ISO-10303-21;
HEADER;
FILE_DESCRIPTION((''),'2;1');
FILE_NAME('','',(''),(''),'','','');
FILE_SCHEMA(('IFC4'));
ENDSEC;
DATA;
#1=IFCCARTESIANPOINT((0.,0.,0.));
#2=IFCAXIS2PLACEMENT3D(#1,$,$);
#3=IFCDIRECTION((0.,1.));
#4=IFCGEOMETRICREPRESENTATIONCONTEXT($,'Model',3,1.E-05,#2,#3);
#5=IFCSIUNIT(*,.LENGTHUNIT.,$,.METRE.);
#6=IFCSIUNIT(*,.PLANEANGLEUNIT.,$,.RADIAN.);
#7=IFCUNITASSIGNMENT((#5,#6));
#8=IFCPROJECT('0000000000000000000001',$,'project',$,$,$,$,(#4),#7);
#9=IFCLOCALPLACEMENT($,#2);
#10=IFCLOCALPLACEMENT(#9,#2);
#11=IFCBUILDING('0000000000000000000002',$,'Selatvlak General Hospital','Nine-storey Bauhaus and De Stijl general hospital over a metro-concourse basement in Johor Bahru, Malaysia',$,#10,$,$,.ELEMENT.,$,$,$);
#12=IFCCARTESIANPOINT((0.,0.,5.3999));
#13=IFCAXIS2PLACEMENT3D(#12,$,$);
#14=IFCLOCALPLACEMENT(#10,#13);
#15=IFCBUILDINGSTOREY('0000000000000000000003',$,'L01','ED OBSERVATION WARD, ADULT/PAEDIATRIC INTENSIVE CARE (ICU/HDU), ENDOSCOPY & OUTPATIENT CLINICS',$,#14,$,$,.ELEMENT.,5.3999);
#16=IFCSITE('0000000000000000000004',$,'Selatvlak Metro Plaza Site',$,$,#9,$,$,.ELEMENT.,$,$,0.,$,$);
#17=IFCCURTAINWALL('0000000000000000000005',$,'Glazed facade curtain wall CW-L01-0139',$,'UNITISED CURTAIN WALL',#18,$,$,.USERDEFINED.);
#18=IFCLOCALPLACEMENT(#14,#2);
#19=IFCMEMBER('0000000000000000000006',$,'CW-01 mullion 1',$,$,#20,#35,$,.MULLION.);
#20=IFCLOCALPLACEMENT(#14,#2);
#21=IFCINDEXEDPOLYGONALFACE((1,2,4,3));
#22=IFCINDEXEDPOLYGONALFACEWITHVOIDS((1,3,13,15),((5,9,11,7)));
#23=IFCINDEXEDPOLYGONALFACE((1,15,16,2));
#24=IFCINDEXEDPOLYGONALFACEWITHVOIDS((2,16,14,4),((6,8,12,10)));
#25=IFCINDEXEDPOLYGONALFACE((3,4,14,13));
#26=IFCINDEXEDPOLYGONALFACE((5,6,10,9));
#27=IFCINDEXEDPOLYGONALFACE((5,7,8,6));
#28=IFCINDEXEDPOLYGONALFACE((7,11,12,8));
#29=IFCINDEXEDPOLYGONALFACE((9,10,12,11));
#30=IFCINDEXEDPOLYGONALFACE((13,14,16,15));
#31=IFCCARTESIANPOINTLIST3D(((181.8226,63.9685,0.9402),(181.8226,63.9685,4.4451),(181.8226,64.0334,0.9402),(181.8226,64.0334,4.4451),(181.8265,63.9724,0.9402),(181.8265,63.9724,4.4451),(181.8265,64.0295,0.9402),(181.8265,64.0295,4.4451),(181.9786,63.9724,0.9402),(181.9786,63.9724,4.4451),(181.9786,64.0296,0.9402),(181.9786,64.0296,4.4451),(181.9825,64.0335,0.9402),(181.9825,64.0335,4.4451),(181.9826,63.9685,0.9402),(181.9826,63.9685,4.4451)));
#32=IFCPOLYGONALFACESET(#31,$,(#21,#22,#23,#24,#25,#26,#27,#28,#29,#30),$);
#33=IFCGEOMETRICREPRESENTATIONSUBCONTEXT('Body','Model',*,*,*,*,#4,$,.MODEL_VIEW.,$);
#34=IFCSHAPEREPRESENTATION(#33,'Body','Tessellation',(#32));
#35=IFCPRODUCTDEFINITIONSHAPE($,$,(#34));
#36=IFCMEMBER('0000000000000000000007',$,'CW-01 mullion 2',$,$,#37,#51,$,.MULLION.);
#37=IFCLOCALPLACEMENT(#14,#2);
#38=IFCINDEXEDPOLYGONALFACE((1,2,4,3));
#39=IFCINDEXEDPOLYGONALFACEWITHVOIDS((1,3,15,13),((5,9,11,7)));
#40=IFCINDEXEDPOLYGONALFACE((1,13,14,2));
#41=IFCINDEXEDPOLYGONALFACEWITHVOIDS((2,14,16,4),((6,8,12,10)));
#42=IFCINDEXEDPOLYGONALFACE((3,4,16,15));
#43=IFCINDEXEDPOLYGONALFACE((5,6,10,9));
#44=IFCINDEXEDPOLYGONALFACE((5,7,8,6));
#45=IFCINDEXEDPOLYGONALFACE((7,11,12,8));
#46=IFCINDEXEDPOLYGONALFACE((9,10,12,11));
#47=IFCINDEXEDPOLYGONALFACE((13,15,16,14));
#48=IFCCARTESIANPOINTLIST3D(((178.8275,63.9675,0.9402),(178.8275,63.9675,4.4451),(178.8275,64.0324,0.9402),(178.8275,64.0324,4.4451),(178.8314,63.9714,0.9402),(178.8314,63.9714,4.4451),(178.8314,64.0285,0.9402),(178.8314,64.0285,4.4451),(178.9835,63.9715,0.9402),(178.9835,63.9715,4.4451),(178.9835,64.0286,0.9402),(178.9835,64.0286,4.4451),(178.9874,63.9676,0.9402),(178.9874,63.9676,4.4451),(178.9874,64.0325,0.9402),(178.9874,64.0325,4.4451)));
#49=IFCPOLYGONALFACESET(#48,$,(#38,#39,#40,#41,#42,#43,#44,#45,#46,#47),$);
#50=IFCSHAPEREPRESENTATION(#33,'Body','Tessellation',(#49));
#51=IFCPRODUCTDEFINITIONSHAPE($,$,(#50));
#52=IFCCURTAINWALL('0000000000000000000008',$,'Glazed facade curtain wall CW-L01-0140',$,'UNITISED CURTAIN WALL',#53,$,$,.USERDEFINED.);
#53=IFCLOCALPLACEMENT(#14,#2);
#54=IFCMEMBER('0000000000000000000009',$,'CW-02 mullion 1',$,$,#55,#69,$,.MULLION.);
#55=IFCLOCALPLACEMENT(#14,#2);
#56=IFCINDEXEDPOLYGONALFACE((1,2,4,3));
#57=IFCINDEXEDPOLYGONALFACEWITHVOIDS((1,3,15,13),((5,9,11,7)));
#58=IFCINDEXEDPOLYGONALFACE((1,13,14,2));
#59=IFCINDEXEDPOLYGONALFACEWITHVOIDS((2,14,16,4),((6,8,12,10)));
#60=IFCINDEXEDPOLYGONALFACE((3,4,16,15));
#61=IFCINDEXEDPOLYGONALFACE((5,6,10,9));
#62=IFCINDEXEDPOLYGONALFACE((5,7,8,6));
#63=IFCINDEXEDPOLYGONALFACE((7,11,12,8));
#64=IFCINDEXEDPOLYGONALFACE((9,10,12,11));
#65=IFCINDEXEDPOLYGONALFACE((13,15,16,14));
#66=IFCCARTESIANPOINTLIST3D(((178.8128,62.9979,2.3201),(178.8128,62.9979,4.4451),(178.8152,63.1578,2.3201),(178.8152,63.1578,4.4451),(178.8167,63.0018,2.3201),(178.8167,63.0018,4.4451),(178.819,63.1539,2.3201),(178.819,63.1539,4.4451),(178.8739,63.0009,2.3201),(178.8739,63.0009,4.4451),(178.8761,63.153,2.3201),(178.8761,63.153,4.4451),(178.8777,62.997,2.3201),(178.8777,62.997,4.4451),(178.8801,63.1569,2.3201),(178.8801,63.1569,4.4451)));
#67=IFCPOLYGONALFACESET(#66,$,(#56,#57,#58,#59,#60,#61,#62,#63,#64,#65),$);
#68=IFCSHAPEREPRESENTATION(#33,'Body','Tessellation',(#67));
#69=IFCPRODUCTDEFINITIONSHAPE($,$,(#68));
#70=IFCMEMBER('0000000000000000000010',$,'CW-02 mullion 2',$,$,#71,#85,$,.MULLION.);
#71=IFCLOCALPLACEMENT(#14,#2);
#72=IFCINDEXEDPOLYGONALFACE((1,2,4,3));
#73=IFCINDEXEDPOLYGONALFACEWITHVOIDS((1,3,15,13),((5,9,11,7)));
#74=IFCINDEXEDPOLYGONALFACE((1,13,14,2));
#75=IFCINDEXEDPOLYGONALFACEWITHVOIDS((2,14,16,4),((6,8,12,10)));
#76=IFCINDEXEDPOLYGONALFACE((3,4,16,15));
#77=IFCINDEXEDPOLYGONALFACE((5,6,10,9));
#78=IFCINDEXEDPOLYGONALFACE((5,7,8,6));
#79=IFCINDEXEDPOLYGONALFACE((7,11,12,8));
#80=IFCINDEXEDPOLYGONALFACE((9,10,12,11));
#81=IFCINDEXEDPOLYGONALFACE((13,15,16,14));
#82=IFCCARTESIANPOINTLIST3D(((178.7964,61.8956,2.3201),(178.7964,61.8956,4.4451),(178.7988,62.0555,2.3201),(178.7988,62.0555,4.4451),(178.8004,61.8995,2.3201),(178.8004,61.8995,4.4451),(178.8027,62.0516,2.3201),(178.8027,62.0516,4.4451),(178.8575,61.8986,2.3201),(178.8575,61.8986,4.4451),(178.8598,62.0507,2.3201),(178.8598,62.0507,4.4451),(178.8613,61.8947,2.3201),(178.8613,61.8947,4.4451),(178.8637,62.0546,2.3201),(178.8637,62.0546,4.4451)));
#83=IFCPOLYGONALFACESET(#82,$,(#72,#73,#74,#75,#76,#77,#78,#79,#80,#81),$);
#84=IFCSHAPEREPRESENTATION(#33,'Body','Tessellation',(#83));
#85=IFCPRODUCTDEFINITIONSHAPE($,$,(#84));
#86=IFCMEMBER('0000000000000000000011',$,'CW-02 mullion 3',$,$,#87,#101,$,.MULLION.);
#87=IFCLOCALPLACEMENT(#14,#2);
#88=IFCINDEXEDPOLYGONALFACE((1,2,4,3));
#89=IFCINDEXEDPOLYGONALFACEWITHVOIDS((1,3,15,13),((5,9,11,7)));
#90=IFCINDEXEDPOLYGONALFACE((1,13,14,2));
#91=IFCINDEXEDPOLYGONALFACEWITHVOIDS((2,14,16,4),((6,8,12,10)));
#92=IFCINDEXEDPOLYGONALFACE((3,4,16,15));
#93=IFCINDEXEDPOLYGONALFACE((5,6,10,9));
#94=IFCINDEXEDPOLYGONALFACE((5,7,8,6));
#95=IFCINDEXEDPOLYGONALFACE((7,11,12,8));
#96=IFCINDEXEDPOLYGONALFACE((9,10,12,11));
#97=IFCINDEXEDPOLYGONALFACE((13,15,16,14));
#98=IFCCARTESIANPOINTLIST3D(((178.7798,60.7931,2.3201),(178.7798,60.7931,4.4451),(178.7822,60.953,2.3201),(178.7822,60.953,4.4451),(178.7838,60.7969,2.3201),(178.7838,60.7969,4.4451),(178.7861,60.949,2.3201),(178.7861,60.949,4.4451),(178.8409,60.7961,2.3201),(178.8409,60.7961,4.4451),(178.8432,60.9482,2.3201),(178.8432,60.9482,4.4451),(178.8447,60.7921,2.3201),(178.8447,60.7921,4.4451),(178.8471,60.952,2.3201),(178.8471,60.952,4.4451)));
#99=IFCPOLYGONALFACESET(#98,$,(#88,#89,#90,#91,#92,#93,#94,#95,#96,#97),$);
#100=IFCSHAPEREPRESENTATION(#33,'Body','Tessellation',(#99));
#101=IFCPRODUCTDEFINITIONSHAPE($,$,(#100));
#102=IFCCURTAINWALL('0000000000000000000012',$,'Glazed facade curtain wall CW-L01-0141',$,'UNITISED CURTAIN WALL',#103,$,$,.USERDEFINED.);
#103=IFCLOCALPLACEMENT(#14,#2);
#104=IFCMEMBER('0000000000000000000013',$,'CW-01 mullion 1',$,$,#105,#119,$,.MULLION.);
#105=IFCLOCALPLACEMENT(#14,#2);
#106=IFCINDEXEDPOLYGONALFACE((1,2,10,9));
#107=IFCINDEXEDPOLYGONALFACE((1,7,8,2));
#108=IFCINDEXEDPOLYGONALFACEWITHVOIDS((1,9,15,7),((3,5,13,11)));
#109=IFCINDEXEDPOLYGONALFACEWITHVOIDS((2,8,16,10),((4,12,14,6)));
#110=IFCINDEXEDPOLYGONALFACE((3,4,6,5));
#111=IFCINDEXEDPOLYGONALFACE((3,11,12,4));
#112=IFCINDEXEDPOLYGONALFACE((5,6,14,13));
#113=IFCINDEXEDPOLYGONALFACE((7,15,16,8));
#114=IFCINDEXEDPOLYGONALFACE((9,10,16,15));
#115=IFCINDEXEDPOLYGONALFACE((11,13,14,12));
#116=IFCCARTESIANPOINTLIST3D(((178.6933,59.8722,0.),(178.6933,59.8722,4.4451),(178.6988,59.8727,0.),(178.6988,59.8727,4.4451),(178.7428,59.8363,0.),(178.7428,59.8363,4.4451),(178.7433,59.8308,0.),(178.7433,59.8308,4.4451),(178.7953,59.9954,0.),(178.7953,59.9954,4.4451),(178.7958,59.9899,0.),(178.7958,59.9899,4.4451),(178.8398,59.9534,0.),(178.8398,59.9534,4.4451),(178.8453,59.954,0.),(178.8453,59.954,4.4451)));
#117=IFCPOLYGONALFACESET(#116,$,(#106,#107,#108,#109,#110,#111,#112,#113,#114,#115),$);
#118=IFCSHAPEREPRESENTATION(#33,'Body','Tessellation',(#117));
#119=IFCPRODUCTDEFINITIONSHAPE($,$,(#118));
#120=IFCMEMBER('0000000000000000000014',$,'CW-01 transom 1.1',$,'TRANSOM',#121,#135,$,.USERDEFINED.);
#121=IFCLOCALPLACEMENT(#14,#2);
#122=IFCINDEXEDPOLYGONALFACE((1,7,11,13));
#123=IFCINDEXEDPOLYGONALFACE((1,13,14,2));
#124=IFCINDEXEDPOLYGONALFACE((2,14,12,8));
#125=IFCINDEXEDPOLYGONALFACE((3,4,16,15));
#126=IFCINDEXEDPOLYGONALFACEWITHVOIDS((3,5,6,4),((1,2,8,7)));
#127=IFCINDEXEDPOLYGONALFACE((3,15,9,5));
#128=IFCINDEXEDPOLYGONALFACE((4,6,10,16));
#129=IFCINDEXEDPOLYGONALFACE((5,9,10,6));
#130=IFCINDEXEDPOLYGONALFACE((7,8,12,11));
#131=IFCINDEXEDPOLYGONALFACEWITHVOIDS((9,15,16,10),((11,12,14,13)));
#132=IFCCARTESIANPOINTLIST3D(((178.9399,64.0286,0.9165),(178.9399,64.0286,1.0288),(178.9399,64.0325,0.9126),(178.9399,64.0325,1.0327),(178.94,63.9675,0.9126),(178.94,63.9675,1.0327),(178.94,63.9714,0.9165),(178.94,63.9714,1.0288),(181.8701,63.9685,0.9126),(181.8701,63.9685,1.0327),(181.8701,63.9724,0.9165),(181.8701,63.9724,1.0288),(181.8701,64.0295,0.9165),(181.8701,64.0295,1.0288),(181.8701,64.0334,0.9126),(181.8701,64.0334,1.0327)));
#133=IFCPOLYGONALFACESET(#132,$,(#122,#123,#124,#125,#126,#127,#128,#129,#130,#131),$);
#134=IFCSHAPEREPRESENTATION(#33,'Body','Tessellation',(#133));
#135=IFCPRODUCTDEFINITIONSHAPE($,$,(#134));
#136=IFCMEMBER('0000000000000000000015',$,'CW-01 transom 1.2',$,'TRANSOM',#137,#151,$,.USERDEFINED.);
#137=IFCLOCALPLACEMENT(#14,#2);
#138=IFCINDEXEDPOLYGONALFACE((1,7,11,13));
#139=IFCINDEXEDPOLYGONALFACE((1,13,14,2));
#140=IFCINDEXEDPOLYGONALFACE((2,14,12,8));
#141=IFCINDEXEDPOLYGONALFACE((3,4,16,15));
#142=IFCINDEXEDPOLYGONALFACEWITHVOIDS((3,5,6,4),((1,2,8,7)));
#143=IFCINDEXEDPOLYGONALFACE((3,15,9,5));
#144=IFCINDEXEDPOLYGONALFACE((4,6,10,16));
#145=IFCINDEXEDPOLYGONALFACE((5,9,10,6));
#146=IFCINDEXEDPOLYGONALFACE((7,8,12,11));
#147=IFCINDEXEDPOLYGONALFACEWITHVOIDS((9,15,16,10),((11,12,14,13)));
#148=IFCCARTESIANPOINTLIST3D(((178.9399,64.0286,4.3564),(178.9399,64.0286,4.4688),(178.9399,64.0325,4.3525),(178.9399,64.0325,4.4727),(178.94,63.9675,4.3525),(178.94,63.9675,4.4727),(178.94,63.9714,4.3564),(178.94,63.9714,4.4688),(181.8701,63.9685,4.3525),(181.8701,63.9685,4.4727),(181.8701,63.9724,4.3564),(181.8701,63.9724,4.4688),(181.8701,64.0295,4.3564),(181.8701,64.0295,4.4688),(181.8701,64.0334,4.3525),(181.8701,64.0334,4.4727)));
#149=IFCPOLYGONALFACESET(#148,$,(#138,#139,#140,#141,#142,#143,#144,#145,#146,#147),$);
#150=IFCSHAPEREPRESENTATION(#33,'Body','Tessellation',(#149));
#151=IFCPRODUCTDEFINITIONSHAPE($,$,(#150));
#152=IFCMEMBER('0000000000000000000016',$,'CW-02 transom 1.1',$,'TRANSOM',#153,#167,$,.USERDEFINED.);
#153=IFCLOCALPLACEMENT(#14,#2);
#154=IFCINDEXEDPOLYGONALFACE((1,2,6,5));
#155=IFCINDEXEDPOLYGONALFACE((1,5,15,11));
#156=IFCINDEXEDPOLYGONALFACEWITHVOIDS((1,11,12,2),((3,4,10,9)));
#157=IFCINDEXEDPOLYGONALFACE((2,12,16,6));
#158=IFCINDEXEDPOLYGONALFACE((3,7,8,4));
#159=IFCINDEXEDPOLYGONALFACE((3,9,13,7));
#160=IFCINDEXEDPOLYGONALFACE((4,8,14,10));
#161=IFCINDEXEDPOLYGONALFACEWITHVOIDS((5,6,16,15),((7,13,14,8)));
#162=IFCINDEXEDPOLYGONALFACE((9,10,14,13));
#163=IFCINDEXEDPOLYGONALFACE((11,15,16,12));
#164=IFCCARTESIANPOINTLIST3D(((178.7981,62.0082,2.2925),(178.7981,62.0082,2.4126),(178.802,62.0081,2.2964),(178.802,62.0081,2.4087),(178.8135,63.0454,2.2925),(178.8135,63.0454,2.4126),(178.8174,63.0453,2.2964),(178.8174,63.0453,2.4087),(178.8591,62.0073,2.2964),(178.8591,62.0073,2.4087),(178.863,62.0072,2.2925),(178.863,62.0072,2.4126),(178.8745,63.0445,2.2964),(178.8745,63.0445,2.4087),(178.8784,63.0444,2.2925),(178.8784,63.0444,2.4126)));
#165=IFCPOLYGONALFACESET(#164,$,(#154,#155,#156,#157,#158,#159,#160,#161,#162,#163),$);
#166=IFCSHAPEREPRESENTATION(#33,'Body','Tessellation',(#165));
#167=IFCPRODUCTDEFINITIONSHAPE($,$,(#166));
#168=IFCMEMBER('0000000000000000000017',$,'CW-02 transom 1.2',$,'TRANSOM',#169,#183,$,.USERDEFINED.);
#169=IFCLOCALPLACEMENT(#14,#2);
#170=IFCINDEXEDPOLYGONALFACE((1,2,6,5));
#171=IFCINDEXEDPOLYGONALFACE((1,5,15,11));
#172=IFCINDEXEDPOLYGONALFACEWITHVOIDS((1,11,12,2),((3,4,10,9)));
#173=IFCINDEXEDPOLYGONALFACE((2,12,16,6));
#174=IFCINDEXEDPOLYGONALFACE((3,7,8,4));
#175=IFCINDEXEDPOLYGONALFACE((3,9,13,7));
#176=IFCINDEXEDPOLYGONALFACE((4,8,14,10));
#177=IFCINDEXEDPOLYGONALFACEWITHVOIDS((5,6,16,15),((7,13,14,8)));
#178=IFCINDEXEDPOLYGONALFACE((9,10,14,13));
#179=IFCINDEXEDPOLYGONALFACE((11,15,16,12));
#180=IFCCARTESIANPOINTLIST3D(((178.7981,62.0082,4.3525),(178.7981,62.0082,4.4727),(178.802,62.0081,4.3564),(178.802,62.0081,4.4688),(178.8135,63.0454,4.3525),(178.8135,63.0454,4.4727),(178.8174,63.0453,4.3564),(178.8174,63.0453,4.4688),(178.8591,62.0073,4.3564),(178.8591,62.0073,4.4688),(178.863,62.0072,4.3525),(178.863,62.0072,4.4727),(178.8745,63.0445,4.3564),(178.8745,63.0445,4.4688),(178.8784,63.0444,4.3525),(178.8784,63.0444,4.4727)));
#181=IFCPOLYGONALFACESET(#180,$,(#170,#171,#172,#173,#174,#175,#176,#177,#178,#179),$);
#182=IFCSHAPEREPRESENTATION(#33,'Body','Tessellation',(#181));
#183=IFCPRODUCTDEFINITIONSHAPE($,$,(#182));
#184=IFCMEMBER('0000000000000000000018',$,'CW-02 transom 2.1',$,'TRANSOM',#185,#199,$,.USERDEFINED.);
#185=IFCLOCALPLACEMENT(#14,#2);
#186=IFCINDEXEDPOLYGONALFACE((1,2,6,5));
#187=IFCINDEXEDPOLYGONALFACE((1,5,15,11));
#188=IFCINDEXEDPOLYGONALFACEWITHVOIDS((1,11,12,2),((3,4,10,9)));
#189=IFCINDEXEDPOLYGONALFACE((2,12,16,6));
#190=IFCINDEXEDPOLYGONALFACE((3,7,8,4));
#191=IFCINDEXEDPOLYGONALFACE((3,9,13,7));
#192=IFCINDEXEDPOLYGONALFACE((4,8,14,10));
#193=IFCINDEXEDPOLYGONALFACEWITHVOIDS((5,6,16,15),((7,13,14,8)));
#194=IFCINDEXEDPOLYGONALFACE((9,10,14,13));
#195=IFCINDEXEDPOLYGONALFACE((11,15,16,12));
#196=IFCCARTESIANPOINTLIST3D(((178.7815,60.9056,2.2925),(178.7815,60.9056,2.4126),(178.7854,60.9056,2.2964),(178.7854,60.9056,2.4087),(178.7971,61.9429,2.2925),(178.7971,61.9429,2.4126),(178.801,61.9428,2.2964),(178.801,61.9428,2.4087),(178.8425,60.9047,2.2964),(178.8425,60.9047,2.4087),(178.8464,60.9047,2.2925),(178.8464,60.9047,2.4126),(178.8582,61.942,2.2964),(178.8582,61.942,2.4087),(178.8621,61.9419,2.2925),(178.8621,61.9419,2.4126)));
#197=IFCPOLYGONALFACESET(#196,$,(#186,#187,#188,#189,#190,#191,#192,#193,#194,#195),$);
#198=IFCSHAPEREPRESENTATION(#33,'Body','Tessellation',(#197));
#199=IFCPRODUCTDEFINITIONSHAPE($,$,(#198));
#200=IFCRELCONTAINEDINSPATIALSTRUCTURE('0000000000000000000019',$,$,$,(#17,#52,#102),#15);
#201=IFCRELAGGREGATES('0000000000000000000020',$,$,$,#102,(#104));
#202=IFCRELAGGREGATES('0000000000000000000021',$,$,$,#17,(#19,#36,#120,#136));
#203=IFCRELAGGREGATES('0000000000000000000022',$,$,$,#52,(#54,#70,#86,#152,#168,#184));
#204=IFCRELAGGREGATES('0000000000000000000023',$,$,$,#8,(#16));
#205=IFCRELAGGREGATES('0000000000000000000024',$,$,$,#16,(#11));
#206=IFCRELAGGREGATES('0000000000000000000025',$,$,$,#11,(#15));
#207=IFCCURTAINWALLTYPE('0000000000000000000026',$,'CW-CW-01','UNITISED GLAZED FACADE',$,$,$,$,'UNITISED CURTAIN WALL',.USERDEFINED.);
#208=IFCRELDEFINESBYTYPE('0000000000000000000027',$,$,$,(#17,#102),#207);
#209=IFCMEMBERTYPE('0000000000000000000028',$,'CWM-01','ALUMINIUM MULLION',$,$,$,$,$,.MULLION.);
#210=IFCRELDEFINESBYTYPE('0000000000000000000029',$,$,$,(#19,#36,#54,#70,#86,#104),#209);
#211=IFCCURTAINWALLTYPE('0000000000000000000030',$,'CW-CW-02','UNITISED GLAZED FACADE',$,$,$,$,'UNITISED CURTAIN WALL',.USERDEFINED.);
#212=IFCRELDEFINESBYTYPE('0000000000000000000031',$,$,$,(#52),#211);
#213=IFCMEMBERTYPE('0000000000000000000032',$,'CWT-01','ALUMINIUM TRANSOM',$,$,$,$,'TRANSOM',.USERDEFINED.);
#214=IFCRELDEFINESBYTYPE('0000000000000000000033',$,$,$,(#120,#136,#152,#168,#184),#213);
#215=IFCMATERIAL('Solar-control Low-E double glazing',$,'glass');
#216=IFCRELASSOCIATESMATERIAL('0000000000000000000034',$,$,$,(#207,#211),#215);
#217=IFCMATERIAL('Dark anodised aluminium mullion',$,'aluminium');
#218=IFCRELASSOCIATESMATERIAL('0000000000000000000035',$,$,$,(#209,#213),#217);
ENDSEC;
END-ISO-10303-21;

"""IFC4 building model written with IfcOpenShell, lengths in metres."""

from ifc_helpers import new_model, si_unit, direction, frame, origin, origin_2d, place, context, subcontext, project, spatial, hollow_rectangle, extrude, material, material_profile, profile_set, type_object, element, aggregate, save


model = new_model("IFC4")

# Units and contexts
model_context = context("Model", 3, precision=1e-05, world=origin(), true_north=direction((0.0, 1.0)))
body_context = subcontext(model_context, "Body", "Model", "MODEL_VIEW")
ifc_project = project(units=[si_unit("LENGTHUNIT", "METRE"), si_unit("PLANEANGLEUNIT", "RADIAN")], contexts=[model_context])

# Site, building, storey
site_placement = place(None, origin())
site = spatial("IfcSite", under=ifc_project, at=site_placement, Name="Selatvlak Metro Plaza Site", CompositionType="ELEMENT", RefElevation=0.0)
building_placement = place(site_placement, origin())
building = spatial("IfcBuilding", under=site, at=building_placement, Name="Selatvlak General Hospital", Description="Nine-storey Bauhaus and De Stijl general hospital over a metro-concourse basement in Johor Bahru, Malaysia", CompositionType="ELEMENT")
storey_placement = place(building_placement, frame((0.0, 0.0, 5.3999)))
storey = spatial("IfcBuildingStorey", under=building, at=storey_placement, Name="L01", Description="ED OBSERVATION WARD, ADULT/PAEDIATRIC INTENSIVE CARE (ICU/HDU), ENDOSCOPY & OUTPATIENT CLINICS", CompositionType="ELEMENT", Elevation=5.3999)

# Curtain walls, members
ifc_material_1 = material(Name="Solar-control Low-E double glazing", Category="glass")
curtain_wall_type_1 = type_object("IfcCurtainWallType", Name="CW-CW-01", Description="UNITISED GLAZED FACADE", ElementType="UNITISED CURTAIN WALL", PredefinedType="USERDEFINED", material=ifc_material_1)
curtain_wall_1_placement = place(storey_placement, origin())
curtain_wall_1 = element("IfcCurtainWall", 1, at=curtain_wall_1_placement, inside=storey, type_object=curtain_wall_type_1, Name="Glazed facade curtain wall CW-L01-0139", ObjectType="UNITISED CURTAIN WALL", PredefinedType="USERDEFINED")
ifc_material_2 = material(Name="Dark anodised aluminium mullion", Category="aluminium")
ifc_material_profile_1 = material_profile(ifc_material_2, hollow_rectangle(XDim=0.0649, YDim=0.1599, WallThickness=0.0039, at=origin_2d()), Name="AL-MUL 65x160x4")
ifc_profile_set_1 = profile_set([ifc_material_profile_1], Name="Dark anodised aluminium mullion")
member_type_1 = type_object("IfcMemberType", Name="CWM-01", Description="ALUMINIUM MULLION", PredefinedType="MULLION", material=ifc_profile_set_1)
member_1_placement = place(storey_placement, frame((181.9026, 64.001, 0.9402), z_axis=(0.0, 0.0, 1.0), x_axis=(0.000327, -1.0, 0.0)))
member_1 = element("IfcMember", 2, at=member_1_placement, type_object=member_type_1, Name="CW-01 mullion 1", PredefinedType="MULLION", context=body_context, shape_type="SweptSolid", body=[
    extrude(hollow_rectangle(XDim=0.0649, YDim=0.1599, WallThickness=0.0039, at=origin_2d()), origin(), (0.0, 0.0, 1.0), 3.5049),
])
member_2_placement = place(storey_placement, frame((178.9075, 64.0, 0.9402), z_axis=(0.0, 0.0, 1.0), x_axis=(0.000327, -1.0, 0.0)))
member_2 = element("IfcMember", 3, at=member_2_placement, type_object=member_type_1, Name="CW-01 mullion 2", PredefinedType="MULLION", context=body_context, shape_type="SweptSolid", body=[
    extrude(hollow_rectangle(XDim=0.0649, YDim=0.1599, WallThickness=0.0039, at=origin_2d()), origin(), (0.0, 0.0, 1.0), 3.5049),
])
curtain_wall_type_2 = type_object("IfcCurtainWallType", Name="CW-CW-02", Description="UNITISED GLAZED FACADE", ElementType="UNITISED CURTAIN WALL", PredefinedType="USERDEFINED", material=ifc_material_1)
curtain_wall_2_placement = place(storey_placement, origin())
curtain_wall_2 = element("IfcCurtainWall", 4, at=curtain_wall_2_placement, inside=storey, type_object=curtain_wall_type_2, Name="Glazed facade curtain wall CW-L01-0140", ObjectType="UNITISED CURTAIN WALL", PredefinedType="USERDEFINED")
member_3_placement = place(storey_placement, frame((178.8464, 63.0774, 2.3201), z_axis=(0.0, 0.0, 1.0), x_axis=(0.999888, -0.014976, 0.0)))
member_3 = element("IfcMember", 5, at=member_3_placement, type_object=member_type_1, Name="CW-02 mullion 1", PredefinedType="MULLION", context=body_context, shape_type="SweptSolid", body=[
    extrude(hollow_rectangle(XDim=0.0649, YDim=0.1599, WallThickness=0.0039, at=origin_2d()), origin(), (0.0, 0.0, 1.0), 2.125),
])
member_4_placement = place(storey_placement, frame((178.8301, 61.9751, 2.3201), z_axis=(0.0, 0.0, 1.0), x_axis=(0.999888, -0.014976, 0.0)))
member_4 = element("IfcMember", 6, at=member_4_placement, type_object=member_type_1, Name="CW-02 mullion 2", PredefinedType="MULLION", context=body_context, shape_type="SweptSolid", body=[
    extrude(hollow_rectangle(XDim=0.0649, YDim=0.1599, WallThickness=0.0039, at=origin_2d()), origin(), (0.0, 0.0, 1.0), 2.125),
])
member_5_placement = place(storey_placement, frame((178.8135, 60.8726, 2.3201), z_axis=(0.0, 0.0, 1.0), x_axis=(0.999888, -0.014976, 0.0)))
member_5 = element("IfcMember", 7, at=member_5_placement, type_object=member_type_1, Name="CW-02 mullion 3", PredefinedType="MULLION", context=body_context, shape_type="SweptSolid", body=[
    extrude(hollow_rectangle(XDim=0.0649, YDim=0.1599, WallThickness=0.0039, at=origin_2d()), origin(), (0.0, 0.0, 1.0), 2.125),
])

# Curtain wall, member
curtain_wall_3_placement = place(storey_placement, origin())
curtain_wall_3 = element("IfcCurtainWall", 8, at=curtain_wall_3_placement, inside=storey, type_object=curtain_wall_type_1, Name="Glazed facade curtain wall CW-L01-0141", ObjectType="UNITISED CURTAIN WALL", PredefinedType="USERDEFINED")
member_6_placement = place(storey_placement, frame((178.7693, 59.9131, 0.0), z_axis=(0.0, 0.0, 1.0), x_axis=(0.770276, -0.63771, 0.0)))
member_6 = element("IfcMember", 9, at=member_6_placement, type_object=member_type_1, Name="CW-01 mullion 1", PredefinedType="MULLION", context=body_context, shape_type="SweptSolid", body=[
    extrude(hollow_rectangle(XDim=0.0649, YDim=0.1599, WallThickness=0.0039, at=origin_2d()), origin(), (0.0, 0.0, 1.0), 4.4451),
])

# Members
ifc_material_profile_2 = material_profile(ifc_material_2, hollow_rectangle(XDim=0.0649, YDim=0.1201, WallThickness=0.0039, at=origin_2d()), Name="AL-TRN 65x120x4")
ifc_profile_set_2 = profile_set([ifc_material_profile_2], Name="Dark anodised aluminium mullion")
member_type_2 = type_object("IfcMemberType", Name="CWT-01", Description="ALUMINIUM TRANSOM", ElementType="TRANSOM", PredefinedType="USERDEFINED", material=ifc_profile_set_2)
member_7_placement = place(storey_placement, frame((181.8701, 64.001, 0.9727), z_axis=(-1.0, -0.000333, 0.0), x_axis=(0.000333, -1.0, 0.0)))
member_7 = element("IfcMember", 10, at=member_7_placement, type_object=member_type_2, Name="CW-01 transom 1.1", ObjectType="TRANSOM", PredefinedType="USERDEFINED", context=body_context, shape_type="SweptSolid", body=[
    extrude(hollow_rectangle(XDim=0.0649, YDim=0.1201, WallThickness=0.0039, at=origin_2d()), origin(), (0.0, 0.0, 1.0), 2.9302),
])
member_8_placement = place(storey_placement, frame((181.8701, 64.001, 4.4126), z_axis=(-1.0, -0.000333, 0.0), x_axis=(0.000333, -1.0, 0.0)))
member_8 = element("IfcMember", 11, at=member_8_placement, type_object=member_type_2, Name="CW-01 transom 1.2", ObjectType="TRANSOM", PredefinedType="USERDEFINED", context=body_context, shape_type="SweptSolid", body=[
    extrude(hollow_rectangle(XDim=0.0649, YDim=0.1201, WallThickness=0.0039, at=origin_2d()), origin(), (0.0, 0.0, 1.0), 2.9302),
])
member_9_placement = place(storey_placement, frame((178.8459, 63.0449, 2.3525), z_axis=(-0.014825, -0.99989, 0.0), x_axis=(0.99989, -0.014825, 0.0)))
member_9 = element("IfcMember", 12, at=member_9_placement, type_object=member_type_2, Name="CW-02 transom 1.1", ObjectType="TRANSOM", PredefinedType="USERDEFINED", context=body_context, shape_type="SweptSolid", body=[
    extrude(hollow_rectangle(XDim=0.0649, YDim=0.1201, WallThickness=0.0039, at=origin_2d()), origin(), (0.0, 0.0, 1.0), 1.0374),
])
member_10_placement = place(storey_placement, frame((178.8459, 63.0449, 4.4126), z_axis=(-0.014825, -0.99989, 0.0), x_axis=(0.99989, -0.014825, 0.0)))
member_10 = element("IfcMember", 13, at=member_10_placement, type_object=member_type_2, Name="CW-02 transom 1.2", ObjectType="TRANSOM", PredefinedType="USERDEFINED", context=body_context, shape_type="SweptSolid", body=[
    extrude(hollow_rectangle(XDim=0.0649, YDim=0.1201, WallThickness=0.0039, at=origin_2d()), origin(), (0.0, 0.0, 1.0), 1.0374),
])
member_11_placement = place(storey_placement, frame((178.8296, 61.9424, 2.3525), z_axis=(-0.015061, -0.999887, 0.0), x_axis=(0.999887, -0.015061, 0.0)))
member_11 = element("IfcMember", 14, at=member_11_placement, type_object=member_type_2, Name="CW-02 transom 2.1", ObjectType="TRANSOM", PredefinedType="USERDEFINED", context=body_context, shape_type="SweptSolid", body=[
    extrude(hollow_rectangle(XDim=0.0649, YDim=0.1201, WallThickness=0.0039, at=origin_2d()), origin(), (0.0, 0.0, 1.0), 1.0374),
])
aggregate(curtain_wall_3, [member_6])

aggregate(curtain_wall_1, [member_1, member_2, member_7, member_8])
aggregate(curtain_wall_2, [member_3, member_4, member_5, member_9, member_10, member_11])

save(model, "model.ifc")
